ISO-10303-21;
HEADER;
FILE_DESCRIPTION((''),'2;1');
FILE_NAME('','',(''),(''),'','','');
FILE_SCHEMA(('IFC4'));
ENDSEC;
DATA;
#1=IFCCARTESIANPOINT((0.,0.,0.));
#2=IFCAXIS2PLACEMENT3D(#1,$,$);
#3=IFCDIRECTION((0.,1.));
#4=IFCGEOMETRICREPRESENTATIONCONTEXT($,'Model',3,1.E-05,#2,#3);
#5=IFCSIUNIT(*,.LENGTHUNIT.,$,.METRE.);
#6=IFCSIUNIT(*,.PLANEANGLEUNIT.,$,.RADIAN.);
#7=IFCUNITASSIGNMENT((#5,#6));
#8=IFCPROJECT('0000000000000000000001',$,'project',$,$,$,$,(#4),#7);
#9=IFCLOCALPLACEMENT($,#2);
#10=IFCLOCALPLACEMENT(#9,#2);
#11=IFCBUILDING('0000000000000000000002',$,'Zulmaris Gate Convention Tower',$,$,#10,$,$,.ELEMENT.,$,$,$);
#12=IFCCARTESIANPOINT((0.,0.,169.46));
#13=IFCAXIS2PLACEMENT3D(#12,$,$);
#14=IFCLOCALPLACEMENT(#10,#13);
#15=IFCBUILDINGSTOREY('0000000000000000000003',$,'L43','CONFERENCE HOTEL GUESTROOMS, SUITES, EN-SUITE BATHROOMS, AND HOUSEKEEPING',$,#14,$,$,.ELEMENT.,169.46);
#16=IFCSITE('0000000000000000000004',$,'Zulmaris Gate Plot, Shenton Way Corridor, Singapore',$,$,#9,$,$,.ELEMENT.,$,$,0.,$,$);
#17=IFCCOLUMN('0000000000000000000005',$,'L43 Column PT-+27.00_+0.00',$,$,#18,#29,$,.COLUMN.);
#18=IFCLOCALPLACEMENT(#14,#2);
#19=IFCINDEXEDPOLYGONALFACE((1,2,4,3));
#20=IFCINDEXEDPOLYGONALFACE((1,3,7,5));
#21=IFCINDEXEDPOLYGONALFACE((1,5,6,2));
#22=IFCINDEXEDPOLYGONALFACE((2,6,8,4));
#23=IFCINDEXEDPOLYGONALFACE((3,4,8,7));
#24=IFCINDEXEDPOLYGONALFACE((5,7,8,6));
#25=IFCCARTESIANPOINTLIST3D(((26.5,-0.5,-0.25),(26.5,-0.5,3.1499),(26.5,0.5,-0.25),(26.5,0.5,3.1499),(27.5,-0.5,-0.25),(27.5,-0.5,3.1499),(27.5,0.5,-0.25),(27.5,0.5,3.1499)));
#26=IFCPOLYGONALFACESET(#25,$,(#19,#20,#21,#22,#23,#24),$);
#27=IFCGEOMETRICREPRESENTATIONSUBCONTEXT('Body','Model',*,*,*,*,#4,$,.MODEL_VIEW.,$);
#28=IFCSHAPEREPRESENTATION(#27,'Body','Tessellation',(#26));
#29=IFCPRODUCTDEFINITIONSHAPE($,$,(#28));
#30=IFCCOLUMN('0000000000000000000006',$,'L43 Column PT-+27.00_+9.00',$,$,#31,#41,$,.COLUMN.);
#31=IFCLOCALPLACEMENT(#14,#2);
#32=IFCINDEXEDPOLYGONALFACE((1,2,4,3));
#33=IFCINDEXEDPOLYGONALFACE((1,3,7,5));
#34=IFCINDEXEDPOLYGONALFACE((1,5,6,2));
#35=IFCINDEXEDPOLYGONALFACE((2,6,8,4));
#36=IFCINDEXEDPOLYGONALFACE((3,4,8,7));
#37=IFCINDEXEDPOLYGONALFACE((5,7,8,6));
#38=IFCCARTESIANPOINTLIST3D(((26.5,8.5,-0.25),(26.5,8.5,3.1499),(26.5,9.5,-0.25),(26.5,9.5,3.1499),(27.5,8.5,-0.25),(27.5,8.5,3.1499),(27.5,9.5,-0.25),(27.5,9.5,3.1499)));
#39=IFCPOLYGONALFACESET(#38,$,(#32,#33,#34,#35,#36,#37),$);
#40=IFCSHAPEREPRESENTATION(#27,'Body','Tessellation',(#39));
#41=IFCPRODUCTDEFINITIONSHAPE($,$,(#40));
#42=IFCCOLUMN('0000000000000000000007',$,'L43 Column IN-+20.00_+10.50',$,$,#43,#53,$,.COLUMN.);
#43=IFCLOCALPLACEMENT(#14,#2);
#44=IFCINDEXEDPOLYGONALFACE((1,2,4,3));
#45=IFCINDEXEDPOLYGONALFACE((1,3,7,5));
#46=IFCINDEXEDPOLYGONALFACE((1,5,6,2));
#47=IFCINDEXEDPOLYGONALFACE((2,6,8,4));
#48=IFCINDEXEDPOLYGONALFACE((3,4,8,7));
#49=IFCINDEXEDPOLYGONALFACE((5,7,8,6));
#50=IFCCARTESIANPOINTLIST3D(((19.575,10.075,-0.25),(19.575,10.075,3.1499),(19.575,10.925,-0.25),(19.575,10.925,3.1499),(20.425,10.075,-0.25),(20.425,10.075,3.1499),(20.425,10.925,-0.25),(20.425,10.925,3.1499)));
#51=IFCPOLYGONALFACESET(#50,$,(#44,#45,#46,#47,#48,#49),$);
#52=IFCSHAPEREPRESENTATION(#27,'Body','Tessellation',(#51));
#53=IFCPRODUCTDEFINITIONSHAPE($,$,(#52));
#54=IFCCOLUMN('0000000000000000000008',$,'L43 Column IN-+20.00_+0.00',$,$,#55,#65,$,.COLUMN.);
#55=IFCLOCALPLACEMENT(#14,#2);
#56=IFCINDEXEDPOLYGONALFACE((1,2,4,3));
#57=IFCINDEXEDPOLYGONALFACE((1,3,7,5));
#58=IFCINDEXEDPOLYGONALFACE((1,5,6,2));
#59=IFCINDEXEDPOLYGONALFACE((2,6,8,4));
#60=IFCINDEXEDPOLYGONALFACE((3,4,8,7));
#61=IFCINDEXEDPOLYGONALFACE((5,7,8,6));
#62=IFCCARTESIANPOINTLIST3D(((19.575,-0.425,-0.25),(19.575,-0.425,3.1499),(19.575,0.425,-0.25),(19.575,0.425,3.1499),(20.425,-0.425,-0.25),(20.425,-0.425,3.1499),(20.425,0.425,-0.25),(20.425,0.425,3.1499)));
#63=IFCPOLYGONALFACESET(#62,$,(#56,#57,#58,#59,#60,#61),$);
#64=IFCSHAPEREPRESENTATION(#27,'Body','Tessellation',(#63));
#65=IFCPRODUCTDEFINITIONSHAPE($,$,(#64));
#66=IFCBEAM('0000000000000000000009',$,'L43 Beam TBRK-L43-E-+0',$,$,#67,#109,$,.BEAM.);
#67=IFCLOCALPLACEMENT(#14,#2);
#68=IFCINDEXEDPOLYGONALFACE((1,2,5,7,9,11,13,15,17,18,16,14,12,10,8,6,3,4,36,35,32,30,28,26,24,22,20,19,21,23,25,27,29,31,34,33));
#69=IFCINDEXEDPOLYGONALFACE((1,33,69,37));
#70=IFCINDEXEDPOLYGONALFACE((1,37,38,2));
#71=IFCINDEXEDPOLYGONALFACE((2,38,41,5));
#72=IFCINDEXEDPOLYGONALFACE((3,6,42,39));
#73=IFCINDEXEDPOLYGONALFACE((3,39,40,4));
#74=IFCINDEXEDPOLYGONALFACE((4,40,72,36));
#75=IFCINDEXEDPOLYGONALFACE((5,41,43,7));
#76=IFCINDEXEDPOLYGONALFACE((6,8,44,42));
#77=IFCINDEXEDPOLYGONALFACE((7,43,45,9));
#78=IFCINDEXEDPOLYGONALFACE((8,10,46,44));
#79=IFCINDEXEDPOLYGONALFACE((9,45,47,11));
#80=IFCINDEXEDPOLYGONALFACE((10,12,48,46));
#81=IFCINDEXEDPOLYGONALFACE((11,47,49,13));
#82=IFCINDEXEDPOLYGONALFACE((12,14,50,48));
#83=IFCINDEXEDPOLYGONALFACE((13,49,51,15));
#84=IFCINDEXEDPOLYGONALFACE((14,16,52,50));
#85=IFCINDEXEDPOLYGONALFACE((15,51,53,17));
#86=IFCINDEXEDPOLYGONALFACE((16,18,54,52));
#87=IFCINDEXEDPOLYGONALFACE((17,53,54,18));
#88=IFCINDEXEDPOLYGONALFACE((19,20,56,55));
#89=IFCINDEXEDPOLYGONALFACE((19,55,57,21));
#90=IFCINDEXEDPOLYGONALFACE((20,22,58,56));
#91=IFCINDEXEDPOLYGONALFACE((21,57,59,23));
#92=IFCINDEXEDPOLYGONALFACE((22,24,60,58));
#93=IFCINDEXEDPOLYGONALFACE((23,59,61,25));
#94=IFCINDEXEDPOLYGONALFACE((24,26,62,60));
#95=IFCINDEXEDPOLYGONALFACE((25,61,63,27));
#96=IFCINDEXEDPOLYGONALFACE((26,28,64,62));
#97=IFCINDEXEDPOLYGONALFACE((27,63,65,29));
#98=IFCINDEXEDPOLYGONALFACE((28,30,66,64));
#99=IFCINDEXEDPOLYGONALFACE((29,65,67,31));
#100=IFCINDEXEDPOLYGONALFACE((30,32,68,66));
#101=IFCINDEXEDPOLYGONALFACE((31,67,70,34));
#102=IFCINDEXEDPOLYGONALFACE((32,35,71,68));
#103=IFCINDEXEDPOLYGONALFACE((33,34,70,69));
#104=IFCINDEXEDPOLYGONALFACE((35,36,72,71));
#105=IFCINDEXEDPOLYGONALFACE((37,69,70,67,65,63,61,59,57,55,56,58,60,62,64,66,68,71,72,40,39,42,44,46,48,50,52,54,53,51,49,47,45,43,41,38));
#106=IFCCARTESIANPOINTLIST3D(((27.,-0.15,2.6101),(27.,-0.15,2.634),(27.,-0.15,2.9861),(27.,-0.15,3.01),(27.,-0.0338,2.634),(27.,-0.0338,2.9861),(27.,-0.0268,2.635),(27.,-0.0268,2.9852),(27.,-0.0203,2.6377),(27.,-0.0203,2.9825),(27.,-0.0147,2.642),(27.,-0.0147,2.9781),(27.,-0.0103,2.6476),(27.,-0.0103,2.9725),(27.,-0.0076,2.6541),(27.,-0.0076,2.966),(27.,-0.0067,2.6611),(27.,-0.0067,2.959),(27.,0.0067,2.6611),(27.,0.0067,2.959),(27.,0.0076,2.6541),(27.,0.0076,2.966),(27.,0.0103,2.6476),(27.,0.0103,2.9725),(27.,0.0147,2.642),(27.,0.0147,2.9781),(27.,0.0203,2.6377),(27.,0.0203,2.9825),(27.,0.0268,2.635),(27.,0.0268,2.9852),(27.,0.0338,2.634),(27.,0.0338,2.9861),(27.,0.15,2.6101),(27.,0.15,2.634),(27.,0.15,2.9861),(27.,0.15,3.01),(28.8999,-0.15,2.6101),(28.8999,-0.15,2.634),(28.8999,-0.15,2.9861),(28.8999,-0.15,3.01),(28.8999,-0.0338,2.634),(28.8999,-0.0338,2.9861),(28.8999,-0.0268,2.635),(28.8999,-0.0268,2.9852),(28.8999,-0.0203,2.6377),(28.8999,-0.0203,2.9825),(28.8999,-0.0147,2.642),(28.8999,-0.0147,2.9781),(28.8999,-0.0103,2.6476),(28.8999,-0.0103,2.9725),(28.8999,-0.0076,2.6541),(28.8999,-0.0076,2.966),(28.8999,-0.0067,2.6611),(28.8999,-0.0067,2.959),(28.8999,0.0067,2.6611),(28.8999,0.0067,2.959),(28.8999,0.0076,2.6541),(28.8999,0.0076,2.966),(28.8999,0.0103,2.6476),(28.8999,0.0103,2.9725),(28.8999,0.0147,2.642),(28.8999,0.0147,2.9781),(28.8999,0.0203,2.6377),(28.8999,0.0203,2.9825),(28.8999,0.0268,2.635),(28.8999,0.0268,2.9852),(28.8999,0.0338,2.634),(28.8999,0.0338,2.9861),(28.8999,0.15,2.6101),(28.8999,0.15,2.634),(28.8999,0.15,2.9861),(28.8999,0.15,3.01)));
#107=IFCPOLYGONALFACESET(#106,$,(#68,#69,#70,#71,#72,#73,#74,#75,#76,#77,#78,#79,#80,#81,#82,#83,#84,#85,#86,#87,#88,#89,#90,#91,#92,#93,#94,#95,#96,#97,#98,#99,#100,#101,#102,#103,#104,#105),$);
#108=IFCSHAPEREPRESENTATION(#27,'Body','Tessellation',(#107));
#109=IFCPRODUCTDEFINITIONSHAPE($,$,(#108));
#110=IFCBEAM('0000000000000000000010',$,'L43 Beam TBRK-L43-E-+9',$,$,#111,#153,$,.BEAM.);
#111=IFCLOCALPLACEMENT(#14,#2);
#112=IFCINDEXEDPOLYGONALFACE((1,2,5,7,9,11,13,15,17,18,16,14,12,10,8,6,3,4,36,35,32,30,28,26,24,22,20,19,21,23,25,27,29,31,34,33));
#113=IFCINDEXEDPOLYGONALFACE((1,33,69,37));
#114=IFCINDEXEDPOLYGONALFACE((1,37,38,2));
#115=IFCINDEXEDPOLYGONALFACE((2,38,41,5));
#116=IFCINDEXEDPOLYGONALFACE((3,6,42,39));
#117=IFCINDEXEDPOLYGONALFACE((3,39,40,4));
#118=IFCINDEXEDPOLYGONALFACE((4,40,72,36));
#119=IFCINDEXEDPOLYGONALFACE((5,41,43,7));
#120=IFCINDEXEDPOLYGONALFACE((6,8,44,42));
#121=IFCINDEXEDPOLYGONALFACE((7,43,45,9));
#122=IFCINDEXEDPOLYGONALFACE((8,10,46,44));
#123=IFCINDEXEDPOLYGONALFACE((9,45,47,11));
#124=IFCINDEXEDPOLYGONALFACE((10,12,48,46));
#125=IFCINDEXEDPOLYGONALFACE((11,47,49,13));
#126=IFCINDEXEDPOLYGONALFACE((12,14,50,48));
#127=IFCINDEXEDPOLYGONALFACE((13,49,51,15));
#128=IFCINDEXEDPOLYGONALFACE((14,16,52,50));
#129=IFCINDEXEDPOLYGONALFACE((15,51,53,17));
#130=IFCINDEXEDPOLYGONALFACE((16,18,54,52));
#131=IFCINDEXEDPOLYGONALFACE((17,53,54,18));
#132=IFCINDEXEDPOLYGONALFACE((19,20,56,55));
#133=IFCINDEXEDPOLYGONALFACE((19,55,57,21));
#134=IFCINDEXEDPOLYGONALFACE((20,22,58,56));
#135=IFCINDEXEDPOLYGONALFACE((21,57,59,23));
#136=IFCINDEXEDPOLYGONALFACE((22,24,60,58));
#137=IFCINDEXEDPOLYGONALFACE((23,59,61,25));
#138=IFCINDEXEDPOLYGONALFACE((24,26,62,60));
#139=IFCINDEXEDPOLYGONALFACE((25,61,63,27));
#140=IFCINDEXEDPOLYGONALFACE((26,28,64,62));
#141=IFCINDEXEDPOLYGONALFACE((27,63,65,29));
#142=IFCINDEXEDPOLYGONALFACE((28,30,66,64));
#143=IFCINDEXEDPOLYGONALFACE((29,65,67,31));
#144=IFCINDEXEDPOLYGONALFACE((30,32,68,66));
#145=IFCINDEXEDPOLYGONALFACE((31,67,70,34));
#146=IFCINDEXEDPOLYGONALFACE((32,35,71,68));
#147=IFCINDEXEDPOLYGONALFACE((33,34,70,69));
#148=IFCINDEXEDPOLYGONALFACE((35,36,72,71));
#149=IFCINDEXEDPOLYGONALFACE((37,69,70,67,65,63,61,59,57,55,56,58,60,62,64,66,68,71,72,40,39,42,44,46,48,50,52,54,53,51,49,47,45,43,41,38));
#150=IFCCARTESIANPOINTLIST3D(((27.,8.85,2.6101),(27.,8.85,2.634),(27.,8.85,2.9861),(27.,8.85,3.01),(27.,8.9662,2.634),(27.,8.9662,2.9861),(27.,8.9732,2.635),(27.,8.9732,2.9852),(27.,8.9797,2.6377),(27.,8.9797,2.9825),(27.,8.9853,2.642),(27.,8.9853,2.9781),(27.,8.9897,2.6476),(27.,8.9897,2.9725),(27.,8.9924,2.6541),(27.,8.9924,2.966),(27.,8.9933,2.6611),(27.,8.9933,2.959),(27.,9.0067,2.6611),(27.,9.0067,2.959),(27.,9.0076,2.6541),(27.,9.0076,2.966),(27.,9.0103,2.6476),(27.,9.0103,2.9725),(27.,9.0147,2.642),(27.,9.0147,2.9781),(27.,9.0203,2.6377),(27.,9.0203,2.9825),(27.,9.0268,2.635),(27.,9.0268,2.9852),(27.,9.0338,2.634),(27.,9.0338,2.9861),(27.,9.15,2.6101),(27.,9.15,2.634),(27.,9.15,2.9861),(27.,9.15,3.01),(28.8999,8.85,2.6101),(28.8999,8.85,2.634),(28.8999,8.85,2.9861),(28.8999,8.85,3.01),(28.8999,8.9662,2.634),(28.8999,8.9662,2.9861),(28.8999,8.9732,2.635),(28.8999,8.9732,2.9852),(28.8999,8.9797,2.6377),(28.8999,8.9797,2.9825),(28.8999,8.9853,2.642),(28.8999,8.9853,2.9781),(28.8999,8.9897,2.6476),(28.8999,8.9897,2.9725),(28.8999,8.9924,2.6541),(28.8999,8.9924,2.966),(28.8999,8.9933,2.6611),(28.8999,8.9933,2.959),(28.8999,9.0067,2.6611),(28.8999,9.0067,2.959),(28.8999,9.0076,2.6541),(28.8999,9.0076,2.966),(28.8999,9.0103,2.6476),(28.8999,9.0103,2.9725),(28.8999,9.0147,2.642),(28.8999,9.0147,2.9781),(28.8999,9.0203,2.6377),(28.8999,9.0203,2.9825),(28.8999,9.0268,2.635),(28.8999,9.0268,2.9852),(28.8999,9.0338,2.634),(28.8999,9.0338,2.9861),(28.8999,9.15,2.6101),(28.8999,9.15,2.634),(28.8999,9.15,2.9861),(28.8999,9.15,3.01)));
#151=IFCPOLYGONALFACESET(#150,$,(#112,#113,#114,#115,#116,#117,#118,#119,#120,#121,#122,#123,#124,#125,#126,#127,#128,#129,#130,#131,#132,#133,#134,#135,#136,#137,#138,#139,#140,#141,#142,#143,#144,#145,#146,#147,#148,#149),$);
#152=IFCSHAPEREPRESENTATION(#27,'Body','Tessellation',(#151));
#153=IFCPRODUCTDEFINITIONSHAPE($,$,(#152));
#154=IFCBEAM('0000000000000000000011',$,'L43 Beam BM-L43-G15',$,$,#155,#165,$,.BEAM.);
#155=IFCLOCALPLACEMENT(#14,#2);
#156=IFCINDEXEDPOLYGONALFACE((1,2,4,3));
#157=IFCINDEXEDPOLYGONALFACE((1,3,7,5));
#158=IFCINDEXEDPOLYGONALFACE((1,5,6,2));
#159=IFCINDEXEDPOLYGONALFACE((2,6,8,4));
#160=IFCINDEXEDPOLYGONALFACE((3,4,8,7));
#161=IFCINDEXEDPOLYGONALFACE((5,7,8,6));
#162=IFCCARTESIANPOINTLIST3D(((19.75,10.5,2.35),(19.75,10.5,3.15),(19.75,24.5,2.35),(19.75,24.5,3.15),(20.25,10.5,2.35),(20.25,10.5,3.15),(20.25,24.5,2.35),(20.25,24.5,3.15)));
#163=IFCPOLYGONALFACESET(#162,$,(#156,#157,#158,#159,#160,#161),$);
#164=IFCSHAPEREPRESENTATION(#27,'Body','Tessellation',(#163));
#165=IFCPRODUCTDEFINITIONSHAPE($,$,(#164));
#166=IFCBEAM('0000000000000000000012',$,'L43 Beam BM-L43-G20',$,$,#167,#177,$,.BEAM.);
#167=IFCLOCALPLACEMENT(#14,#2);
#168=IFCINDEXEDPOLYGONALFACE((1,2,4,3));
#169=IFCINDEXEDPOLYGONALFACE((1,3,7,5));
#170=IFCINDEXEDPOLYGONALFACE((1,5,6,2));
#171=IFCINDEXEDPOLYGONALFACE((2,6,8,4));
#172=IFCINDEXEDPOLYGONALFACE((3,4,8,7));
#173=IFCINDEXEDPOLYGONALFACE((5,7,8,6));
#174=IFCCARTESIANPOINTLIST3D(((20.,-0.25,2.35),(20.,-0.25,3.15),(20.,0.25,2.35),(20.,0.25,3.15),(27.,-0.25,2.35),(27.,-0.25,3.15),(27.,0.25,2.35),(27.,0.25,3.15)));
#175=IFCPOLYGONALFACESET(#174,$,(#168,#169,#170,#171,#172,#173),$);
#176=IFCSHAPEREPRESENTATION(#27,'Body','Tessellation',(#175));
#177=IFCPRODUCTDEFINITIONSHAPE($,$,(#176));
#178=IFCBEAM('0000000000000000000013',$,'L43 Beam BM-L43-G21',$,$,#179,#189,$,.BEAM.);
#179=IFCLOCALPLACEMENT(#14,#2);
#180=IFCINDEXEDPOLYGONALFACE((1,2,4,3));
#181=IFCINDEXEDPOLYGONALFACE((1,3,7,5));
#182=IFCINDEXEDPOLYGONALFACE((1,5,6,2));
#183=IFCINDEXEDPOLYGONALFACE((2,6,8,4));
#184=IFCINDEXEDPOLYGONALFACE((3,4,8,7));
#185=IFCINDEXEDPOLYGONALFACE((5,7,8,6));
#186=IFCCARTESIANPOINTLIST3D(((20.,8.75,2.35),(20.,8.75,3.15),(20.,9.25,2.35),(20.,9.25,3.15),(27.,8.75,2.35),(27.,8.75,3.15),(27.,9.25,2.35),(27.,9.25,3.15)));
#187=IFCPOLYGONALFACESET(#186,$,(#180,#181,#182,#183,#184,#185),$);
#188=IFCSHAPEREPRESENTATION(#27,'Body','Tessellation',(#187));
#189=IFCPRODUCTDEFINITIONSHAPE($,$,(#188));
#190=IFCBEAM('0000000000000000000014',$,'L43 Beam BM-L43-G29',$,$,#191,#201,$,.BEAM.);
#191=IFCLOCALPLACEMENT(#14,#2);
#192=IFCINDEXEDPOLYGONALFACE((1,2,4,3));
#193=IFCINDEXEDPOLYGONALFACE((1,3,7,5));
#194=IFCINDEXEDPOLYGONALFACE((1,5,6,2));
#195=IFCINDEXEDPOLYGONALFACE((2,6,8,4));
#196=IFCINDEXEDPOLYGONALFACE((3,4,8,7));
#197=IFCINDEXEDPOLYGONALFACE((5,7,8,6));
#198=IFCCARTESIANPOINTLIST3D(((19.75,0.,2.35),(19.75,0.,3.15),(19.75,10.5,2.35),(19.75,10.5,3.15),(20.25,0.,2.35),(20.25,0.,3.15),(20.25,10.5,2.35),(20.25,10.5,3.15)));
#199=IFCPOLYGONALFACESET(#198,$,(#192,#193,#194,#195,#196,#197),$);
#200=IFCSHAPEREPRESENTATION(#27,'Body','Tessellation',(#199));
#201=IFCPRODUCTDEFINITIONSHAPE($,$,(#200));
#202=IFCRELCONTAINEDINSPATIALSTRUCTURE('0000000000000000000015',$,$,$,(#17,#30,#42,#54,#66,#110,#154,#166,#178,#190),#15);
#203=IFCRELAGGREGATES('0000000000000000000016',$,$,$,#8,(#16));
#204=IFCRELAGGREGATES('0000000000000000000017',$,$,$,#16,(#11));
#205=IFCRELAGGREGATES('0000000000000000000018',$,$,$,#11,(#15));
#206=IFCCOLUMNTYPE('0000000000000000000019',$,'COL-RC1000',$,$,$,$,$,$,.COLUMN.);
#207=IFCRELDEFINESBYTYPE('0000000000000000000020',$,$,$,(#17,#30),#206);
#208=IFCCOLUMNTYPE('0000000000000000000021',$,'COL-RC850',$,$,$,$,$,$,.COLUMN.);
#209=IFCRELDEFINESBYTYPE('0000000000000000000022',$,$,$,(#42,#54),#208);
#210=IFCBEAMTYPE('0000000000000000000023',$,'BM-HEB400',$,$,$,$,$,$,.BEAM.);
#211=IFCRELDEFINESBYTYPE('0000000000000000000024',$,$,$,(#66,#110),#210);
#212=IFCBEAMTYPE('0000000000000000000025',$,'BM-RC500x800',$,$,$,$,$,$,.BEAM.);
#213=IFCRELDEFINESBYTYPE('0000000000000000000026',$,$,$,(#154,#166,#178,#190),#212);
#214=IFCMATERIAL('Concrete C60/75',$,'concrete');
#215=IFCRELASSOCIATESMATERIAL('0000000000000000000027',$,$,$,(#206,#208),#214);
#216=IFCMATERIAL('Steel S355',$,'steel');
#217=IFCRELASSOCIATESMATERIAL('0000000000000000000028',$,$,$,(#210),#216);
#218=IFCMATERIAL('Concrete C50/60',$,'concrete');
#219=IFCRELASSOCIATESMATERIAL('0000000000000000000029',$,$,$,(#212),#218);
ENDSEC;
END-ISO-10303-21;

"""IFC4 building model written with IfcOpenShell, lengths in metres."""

from ifc_helpers import new_model, si_unit, direction, frame, origin, origin_2d, place, context, subcontext, project, spatial, rectangle, i_section, extrude, material, material_profile, profile_set, type_object, element, save


model = new_model("IFC4")

# Units and contexts
model_context = context("Model", 3, precision=1e-05, world=origin(), true_north=direction((0.0, 1.0)))
body_context = subcontext(model_context, "Body", "Model", "MODEL_VIEW")
ifc_project = project(units=[si_unit("LENGTHUNIT", "METRE"), si_unit("PLANEANGLEUNIT", "RADIAN")], contexts=[model_context])

# Site, building, storey
site_placement = place(None, origin())
site = spatial("IfcSite", under=ifc_project, at=site_placement, Name="Zulmaris Gate Plot, Shenton Way Corridor, Singapore", CompositionType="ELEMENT", RefElevation=0.0)
building_placement = place(site_placement, origin())
building = spatial("IfcBuilding", under=site, at=building_placement, Name="Zulmaris Gate Convention Tower", CompositionType="ELEMENT")
storey_placement = place(building_placement, frame((0.0, 0.0, 169.46)))
storey = spatial("IfcBuildingStorey", under=building, at=storey_placement, Name="L43", Description="CONFERENCE HOTEL GUESTROOMS, SUITES, EN-SUITE BATHROOMS, AND HOUSEKEEPING", CompositionType="ELEMENT", Elevation=169.46)

# Columns
ifc_material_1 = material(Name="Concrete C60/75", Category="concrete")
ifc_material_profile_1 = material_profile(ifc_material_1, rectangle(XDim=1.0, YDim=1.0, at=origin_2d()), Name="RC COL 1000x1000")
ifc_profile_set_1 = profile_set([ifc_material_profile_1], Name="Concrete C60/75")
column_type_1 = type_object("IfcColumnType", Name="COL-RC1000", PredefinedType="COLUMN", material=ifc_profile_set_1)
for number, where, z_axis, x_axis, name in (
    (1, (27.0, 0.0, -0.25), (0.0, 0.0, 1.0), (1.0, 0.0, 0.0), "L43 Column PT-+27.00_+0.00"),
    (2, (27.0, 9.0, -0.25), (0.0, 0.0, 1.0), (1.0, 0.0, 0.0), "L43 Column PT-+27.00_+9.00"),
):
    element("IfcColumn", number, at=place(storey_placement, frame(where, z_axis=z_axis, x_axis=x_axis)), inside=storey, type_object=column_type_1, Name=name, PredefinedType="COLUMN", context=body_context, shape_type="SweptSolid", body=[
        extrude(rectangle(XDim=1.0, YDim=1.0, at=origin_2d()), origin(), (0.0, 0.0, 1.0), 3.3999),
    ])
ifc_material_profile_2 = material_profile(ifc_material_1, rectangle(XDim=0.8501, YDim=0.8501, at=origin_2d()), Name="RC COL 850x850")
ifc_profile_set_2 = profile_set([ifc_material_profile_2], Name="Concrete C60/75")
column_type_2 = type_object("IfcColumnType", Name="COL-RC850", PredefinedType="COLUMN", material=ifc_profile_set_2)
for number, where, z_axis, x_axis, name in (
    (3, (20.0, 10.5, -0.25), (0.0, 0.0, 1.0), (1.0, 0.0, 0.0), "L43 Column IN-+20.00_+10.50"),
    (4, (20.0, 0.0, -0.25), (0.0, 0.0, 1.0), (1.0, 0.0, 0.0), "L43 Column IN-+20.00_+0.00"),
):
    element("IfcColumn", number, at=place(storey_placement, frame(where, z_axis=z_axis, x_axis=x_axis)), inside=storey, type_object=column_type_2, Name=name, PredefinedType="COLUMN", context=body_context, shape_type="SweptSolid", body=[
        extrude(rectangle(XDim=0.8501, YDim=0.8501, at=origin_2d()), origin(), (0.0, 0.0, 1.0), 3.3999),
    ])

# Beams
ifc_material_2 = material(Name="Steel S355", Category="steel")
ifc_material_profile_3 = material_profile(ifc_material_2, i_section(OverallWidth=0.3, OverallDepth=0.3999, WebThickness=0.0134, FlangeThickness=0.0239, FilletRadius=0.0271, at=origin_2d()), Name="HEB 400")
ifc_profile_set_3 = profile_set([ifc_material_profile_3], Name="Steel S355")
beam_type_1 = type_object("IfcBeamType", Name="BM-HEB400", PredefinedType="BEAM", material=ifc_profile_set_3)
for number, where, z_axis, x_axis, name in (
    (5, (27.0, 0.0, 2.8101), (1.0, 0.0, 0.0), (0.0, 1.0, 0.0), "L43 Beam TBRK-L43-E-+0"),
    (6, (27.0, 9.0, 2.8101), (1.0, 0.0, 0.0), (0.0, 1.0, 0.0), "L43 Beam TBRK-L43-E-+9"),
):
    element("IfcBeam", number, at=place(storey_placement, frame(where, z_axis=z_axis, x_axis=x_axis)), inside=storey, type_object=beam_type_1, Name=name, PredefinedType="BEAM", context=body_context, shape_type="SweptSolid", body=[
        extrude(i_section(OverallWidth=0.3, OverallDepth=0.3999, WebThickness=0.0134, FlangeThickness=0.0239, FilletRadius=0.0271, at=origin_2d()), origin(), (0.0, 0.0, 1.0), 1.8999),
    ])
ifc_material_3 = material(Name="Concrete C50/60", Category="concrete")
ifc_material_profile_4 = material_profile(ifc_material_3, rectangle(XDim=0.5, YDim=0.8, at=origin_2d()), Name="RC BEAM 500x800")
ifc_profile_set_4 = profile_set([ifc_material_profile_4], Name="Concrete C50/60")
beam_type_2 = type_object("IfcBeamType", Name="BM-RC500x800", PredefinedType="BEAM", material=ifc_profile_set_4)
beam_1_placement = place(storey_placement, frame((20.0, 10.5, 2.75), z_axis=(0.0, 1.0, 0.0), x_axis=(-1.0, 0.0, 0.0)))
element("IfcBeam", 7, at=beam_1_placement, inside=storey, type_object=beam_type_2, Name="L43 Beam BM-L43-G15", PredefinedType="BEAM", context=body_context, shape_type="SweptSolid", body=[
    extrude(rectangle(XDim=0.5, YDim=0.8, at=origin_2d()), origin(), (0.0, 0.0, 1.0), 14.0),
])
for number, where, z_axis, x_axis, name in (
    (8, (20.0, 0.0, 2.75), (1.0, 0.0, 0.0), (0.0, 1.0, 0.0), "L43 Beam BM-L43-G20"),
    (9, (20.0, 9.0, 2.75), (1.0, 0.0, 0.0), (0.0, 1.0, 0.0), "L43 Beam BM-L43-G21"),
):
    element("IfcBeam", number, at=place(storey_placement, frame(where, z_axis=z_axis, x_axis=x_axis)), inside=storey, type_object=beam_type_2, Name=name, PredefinedType="BEAM", context=body_context, shape_type="SweptSolid", body=[
        extrude(rectangle(XDim=0.5, YDim=0.8, at=origin_2d()), origin(), (0.0, 0.0, 1.0), 7.0),
    ])
beam_2_placement = place(storey_placement, frame((20.0, 0.0, 2.75), z_axis=(0.0, 1.0, 0.0), x_axis=(-1.0, 0.0, 0.0)))
element("IfcBeam", 10, at=beam_2_placement, inside=storey, type_object=beam_type_2, Name="L43 Beam BM-L43-G29", PredefinedType="BEAM", context=body_context, shape_type="SweptSolid", body=[
    extrude(rectangle(XDim=0.5, YDim=0.8, at=origin_2d()), origin(), (0.0, 0.0, 1.0), 10.5),
])

save(model, "model.ifc")
